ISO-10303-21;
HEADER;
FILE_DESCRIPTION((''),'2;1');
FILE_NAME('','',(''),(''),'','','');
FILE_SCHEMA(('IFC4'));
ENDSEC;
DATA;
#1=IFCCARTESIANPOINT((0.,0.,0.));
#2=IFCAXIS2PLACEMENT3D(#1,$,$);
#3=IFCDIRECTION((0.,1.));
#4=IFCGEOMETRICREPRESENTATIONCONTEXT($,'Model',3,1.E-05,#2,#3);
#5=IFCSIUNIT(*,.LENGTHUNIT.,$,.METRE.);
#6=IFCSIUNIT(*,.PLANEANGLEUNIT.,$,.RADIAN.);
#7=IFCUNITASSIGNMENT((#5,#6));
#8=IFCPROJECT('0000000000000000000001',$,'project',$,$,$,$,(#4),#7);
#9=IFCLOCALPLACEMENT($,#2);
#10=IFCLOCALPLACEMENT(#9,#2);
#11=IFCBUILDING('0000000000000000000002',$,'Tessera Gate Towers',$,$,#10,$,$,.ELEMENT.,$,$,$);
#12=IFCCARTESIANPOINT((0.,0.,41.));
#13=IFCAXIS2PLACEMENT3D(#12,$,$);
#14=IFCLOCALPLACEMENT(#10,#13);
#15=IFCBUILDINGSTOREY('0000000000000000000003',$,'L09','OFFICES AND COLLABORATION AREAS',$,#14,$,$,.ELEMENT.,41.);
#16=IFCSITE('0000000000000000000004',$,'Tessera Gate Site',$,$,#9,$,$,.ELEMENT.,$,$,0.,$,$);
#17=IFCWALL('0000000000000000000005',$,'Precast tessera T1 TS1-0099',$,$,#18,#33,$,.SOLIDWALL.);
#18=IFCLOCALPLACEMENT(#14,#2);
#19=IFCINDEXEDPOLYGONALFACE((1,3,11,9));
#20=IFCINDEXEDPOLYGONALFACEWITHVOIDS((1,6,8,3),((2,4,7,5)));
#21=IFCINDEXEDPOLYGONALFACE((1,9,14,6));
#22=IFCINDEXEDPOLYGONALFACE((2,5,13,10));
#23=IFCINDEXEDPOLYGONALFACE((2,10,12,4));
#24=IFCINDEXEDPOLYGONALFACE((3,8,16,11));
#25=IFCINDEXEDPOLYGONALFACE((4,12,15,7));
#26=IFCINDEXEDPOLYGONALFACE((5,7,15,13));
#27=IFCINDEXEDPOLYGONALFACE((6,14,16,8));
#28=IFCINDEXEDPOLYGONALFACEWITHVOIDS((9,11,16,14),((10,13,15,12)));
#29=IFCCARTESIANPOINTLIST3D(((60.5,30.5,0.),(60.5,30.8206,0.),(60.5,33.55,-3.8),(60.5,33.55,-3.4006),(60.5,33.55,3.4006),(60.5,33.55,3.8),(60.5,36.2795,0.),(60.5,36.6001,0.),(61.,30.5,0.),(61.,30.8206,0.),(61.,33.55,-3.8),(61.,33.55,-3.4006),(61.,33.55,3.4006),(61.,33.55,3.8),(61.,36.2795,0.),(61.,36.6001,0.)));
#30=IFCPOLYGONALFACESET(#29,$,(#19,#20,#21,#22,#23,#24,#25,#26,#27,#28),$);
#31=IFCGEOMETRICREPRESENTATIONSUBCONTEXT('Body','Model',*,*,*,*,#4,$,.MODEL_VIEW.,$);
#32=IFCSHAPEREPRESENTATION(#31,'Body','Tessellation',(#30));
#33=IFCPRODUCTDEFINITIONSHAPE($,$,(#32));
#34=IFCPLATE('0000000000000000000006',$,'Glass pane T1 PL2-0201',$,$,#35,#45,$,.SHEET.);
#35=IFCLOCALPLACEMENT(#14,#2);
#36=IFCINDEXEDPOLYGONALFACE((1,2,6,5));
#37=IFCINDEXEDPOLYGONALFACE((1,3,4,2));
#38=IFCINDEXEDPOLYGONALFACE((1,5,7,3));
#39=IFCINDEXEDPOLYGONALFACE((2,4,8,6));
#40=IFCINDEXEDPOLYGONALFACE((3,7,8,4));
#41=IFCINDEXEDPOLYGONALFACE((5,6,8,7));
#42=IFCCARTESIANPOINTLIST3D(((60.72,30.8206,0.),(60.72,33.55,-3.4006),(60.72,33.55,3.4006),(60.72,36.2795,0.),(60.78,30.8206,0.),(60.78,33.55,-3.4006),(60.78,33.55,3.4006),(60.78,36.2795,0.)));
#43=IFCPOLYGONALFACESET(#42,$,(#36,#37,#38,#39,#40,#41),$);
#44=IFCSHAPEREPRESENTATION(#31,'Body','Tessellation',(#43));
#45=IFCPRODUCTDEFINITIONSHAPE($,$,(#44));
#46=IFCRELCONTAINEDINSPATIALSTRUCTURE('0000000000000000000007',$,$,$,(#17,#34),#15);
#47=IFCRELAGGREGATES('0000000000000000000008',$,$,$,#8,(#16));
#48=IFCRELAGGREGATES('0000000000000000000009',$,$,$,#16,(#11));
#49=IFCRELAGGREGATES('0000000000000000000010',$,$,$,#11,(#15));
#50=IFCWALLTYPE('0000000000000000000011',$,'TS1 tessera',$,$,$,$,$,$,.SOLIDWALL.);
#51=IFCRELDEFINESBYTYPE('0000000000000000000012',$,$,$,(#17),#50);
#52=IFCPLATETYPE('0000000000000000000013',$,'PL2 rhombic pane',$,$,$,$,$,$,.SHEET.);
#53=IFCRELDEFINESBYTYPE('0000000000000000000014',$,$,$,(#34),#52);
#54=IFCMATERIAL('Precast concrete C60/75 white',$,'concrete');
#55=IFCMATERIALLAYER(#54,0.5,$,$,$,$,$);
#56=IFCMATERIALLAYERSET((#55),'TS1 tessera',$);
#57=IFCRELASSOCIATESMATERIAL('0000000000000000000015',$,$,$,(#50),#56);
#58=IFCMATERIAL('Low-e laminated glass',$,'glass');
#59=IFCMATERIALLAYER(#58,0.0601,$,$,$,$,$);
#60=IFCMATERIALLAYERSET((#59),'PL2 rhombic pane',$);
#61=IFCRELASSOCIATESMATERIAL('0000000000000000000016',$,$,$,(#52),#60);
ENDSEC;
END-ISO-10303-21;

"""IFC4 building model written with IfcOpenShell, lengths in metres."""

from ifc_helpers import new_model, si_unit, direction, frame, origin, place, context, subcontext, project, spatial, polyline, outline, extrude, source, transform, mapped, material, layer, layer_set, type_object, element, fill, save


model = new_model("IFC4")

# Units and contexts
model_context = context("Model", 3, precision=1e-05, world=origin(), true_north=direction((0.0, 1.0)))
body_context = subcontext(model_context, "Body", "Model", "MODEL_VIEW")
ifc_project = project(units=[si_unit("LENGTHUNIT", "METRE"), si_unit("PLANEANGLEUNIT", "RADIAN")], contexts=[model_context])

# Site, building, storey
site_placement = place(None, origin())
site = spatial("IfcSite", under=ifc_project, at=site_placement, Name="Tessera Gate Site", CompositionType="ELEMENT", RefElevation=0.0)
building_placement = place(site_placement, origin())
building = spatial("IfcBuilding", under=site, at=building_placement, Name="Tessera Gate Towers", CompositionType="ELEMENT")
storey_placement = place(building_placement, frame((0.0, 0.0, 41.0)))
storey = spatial("IfcBuildingStorey", under=building, at=storey_placement, Name="L09", Description="OFFICES AND COLLABORATION AREAS", CompositionType="ELEMENT", Elevation=41.0)

# Wall, opening, plate
ifc_material_1 = material(Name="Precast concrete C60/75 white", Category="concrete")
ifc_layer_1 = layer(ifc_material_1, 0.5)
ifc_layer_set_1 = layer_set([ifc_layer_1], Name="TS1 tessera")
wall_type_1 = type_object("IfcWallType", Name="TS1 tessera", PredefinedType="SOLIDWALL", material=ifc_layer_set_1)
shared_shape_1 = source(origin(), body_context, "Body", "SweptSolid", [
    extrude(outline(polyline([(3.05, 0.0), (6.1001, 3.8), (3.05, 7.6001), (0.0, 3.8), (3.05, 0.0)])), frame((0.0, 0.25, 0.0), z_axis=(0.0, -1.0, 0.0), x_axis=(1.0, 0.0, 0.0)), (0.0, 0.0, 1.0), 0.5),
])
shared_shape_2 = source(origin(), body_context, "Body", "SweptSolid", [
    extrude(outline(polyline([(3.05, 0.3994), (5.7795, 3.8), (3.05, 7.2007), (0.3206, 3.8), (3.05, 0.3994)])), frame((0.0, 0.26, 0.0), z_axis=(0.0, -1.0, 0.0), x_axis=(1.0, 0.0, 0.0)), (0.0, 0.0, 1.0), 0.52),
])
ifc_material_2 = material(Name="Low-e laminated glass", Category="glass")
ifc_layer_2 = layer(ifc_material_2, 0.0601)
ifc_layer_set_2 = layer_set([ifc_layer_2], Name="PL2 rhombic pane")
plate_type = type_object("IfcPlateType", Name="PL2 rhombic pane", PredefinedType="SHEET", material=ifc_layer_set_2)
shared_shape_3 = source(origin(), body_context, "Body", "SweptSolid", [
    extrude(outline(polyline([(3.05, 0.3994), (5.7795, 3.8), (3.05, 7.2007), (0.3206, 3.8), (3.05, 0.3994)])), frame((0.0, 0.03, 0.0), z_axis=(0.0, -1.0, 0.0), x_axis=(1.0, 0.0, 0.0)), (0.0, 0.0, 1.0), 0.0601),
])
wall_1_placement = place(storey_placement, frame((60.75, 30.5, -3.8), z_axis=(0.0, 0.0, 1.0), x_axis=(0.0, 1.0, 0.0)))
wall_1 = element("IfcWall", 1, at=wall_1_placement, inside=storey, type_object=wall_type_1, Name="Precast tessera T1 TS1-0099", PredefinedType="SOLIDWALL", context=body_context, shape_type="MappedRepresentation", body=[
    mapped(shared_shape_1, transform((0.0, 0.0, 0.0), scale=1.0)),
])
opening_1_placement = place(wall_1_placement, origin())
opening_1 = element("IfcOpeningElement", 2, at=opening_1_placement, cuts=wall_1, PredefinedType="OPENING", context=body_context, shape_type="MappedRepresentation", body=[
    mapped(shared_shape_2, transform((0.0, 0.0, 0.0), scale=1.0)),
])
plate_1_placement = place(opening_1_placement, origin())
plate_1 = element("IfcPlate", 3, at=plate_1_placement, inside=storey, type_object=plate_type, Name="Glass pane T1 PL2-0201", PredefinedType="SHEET", context=body_context, shape_type="MappedRepresentation", body=[
    mapped(shared_shape_3, transform((0.0, 0.0, 0.0), scale=1.0)),
])
fill(opening_1, plate_1)

save(model, "model.ifc")
